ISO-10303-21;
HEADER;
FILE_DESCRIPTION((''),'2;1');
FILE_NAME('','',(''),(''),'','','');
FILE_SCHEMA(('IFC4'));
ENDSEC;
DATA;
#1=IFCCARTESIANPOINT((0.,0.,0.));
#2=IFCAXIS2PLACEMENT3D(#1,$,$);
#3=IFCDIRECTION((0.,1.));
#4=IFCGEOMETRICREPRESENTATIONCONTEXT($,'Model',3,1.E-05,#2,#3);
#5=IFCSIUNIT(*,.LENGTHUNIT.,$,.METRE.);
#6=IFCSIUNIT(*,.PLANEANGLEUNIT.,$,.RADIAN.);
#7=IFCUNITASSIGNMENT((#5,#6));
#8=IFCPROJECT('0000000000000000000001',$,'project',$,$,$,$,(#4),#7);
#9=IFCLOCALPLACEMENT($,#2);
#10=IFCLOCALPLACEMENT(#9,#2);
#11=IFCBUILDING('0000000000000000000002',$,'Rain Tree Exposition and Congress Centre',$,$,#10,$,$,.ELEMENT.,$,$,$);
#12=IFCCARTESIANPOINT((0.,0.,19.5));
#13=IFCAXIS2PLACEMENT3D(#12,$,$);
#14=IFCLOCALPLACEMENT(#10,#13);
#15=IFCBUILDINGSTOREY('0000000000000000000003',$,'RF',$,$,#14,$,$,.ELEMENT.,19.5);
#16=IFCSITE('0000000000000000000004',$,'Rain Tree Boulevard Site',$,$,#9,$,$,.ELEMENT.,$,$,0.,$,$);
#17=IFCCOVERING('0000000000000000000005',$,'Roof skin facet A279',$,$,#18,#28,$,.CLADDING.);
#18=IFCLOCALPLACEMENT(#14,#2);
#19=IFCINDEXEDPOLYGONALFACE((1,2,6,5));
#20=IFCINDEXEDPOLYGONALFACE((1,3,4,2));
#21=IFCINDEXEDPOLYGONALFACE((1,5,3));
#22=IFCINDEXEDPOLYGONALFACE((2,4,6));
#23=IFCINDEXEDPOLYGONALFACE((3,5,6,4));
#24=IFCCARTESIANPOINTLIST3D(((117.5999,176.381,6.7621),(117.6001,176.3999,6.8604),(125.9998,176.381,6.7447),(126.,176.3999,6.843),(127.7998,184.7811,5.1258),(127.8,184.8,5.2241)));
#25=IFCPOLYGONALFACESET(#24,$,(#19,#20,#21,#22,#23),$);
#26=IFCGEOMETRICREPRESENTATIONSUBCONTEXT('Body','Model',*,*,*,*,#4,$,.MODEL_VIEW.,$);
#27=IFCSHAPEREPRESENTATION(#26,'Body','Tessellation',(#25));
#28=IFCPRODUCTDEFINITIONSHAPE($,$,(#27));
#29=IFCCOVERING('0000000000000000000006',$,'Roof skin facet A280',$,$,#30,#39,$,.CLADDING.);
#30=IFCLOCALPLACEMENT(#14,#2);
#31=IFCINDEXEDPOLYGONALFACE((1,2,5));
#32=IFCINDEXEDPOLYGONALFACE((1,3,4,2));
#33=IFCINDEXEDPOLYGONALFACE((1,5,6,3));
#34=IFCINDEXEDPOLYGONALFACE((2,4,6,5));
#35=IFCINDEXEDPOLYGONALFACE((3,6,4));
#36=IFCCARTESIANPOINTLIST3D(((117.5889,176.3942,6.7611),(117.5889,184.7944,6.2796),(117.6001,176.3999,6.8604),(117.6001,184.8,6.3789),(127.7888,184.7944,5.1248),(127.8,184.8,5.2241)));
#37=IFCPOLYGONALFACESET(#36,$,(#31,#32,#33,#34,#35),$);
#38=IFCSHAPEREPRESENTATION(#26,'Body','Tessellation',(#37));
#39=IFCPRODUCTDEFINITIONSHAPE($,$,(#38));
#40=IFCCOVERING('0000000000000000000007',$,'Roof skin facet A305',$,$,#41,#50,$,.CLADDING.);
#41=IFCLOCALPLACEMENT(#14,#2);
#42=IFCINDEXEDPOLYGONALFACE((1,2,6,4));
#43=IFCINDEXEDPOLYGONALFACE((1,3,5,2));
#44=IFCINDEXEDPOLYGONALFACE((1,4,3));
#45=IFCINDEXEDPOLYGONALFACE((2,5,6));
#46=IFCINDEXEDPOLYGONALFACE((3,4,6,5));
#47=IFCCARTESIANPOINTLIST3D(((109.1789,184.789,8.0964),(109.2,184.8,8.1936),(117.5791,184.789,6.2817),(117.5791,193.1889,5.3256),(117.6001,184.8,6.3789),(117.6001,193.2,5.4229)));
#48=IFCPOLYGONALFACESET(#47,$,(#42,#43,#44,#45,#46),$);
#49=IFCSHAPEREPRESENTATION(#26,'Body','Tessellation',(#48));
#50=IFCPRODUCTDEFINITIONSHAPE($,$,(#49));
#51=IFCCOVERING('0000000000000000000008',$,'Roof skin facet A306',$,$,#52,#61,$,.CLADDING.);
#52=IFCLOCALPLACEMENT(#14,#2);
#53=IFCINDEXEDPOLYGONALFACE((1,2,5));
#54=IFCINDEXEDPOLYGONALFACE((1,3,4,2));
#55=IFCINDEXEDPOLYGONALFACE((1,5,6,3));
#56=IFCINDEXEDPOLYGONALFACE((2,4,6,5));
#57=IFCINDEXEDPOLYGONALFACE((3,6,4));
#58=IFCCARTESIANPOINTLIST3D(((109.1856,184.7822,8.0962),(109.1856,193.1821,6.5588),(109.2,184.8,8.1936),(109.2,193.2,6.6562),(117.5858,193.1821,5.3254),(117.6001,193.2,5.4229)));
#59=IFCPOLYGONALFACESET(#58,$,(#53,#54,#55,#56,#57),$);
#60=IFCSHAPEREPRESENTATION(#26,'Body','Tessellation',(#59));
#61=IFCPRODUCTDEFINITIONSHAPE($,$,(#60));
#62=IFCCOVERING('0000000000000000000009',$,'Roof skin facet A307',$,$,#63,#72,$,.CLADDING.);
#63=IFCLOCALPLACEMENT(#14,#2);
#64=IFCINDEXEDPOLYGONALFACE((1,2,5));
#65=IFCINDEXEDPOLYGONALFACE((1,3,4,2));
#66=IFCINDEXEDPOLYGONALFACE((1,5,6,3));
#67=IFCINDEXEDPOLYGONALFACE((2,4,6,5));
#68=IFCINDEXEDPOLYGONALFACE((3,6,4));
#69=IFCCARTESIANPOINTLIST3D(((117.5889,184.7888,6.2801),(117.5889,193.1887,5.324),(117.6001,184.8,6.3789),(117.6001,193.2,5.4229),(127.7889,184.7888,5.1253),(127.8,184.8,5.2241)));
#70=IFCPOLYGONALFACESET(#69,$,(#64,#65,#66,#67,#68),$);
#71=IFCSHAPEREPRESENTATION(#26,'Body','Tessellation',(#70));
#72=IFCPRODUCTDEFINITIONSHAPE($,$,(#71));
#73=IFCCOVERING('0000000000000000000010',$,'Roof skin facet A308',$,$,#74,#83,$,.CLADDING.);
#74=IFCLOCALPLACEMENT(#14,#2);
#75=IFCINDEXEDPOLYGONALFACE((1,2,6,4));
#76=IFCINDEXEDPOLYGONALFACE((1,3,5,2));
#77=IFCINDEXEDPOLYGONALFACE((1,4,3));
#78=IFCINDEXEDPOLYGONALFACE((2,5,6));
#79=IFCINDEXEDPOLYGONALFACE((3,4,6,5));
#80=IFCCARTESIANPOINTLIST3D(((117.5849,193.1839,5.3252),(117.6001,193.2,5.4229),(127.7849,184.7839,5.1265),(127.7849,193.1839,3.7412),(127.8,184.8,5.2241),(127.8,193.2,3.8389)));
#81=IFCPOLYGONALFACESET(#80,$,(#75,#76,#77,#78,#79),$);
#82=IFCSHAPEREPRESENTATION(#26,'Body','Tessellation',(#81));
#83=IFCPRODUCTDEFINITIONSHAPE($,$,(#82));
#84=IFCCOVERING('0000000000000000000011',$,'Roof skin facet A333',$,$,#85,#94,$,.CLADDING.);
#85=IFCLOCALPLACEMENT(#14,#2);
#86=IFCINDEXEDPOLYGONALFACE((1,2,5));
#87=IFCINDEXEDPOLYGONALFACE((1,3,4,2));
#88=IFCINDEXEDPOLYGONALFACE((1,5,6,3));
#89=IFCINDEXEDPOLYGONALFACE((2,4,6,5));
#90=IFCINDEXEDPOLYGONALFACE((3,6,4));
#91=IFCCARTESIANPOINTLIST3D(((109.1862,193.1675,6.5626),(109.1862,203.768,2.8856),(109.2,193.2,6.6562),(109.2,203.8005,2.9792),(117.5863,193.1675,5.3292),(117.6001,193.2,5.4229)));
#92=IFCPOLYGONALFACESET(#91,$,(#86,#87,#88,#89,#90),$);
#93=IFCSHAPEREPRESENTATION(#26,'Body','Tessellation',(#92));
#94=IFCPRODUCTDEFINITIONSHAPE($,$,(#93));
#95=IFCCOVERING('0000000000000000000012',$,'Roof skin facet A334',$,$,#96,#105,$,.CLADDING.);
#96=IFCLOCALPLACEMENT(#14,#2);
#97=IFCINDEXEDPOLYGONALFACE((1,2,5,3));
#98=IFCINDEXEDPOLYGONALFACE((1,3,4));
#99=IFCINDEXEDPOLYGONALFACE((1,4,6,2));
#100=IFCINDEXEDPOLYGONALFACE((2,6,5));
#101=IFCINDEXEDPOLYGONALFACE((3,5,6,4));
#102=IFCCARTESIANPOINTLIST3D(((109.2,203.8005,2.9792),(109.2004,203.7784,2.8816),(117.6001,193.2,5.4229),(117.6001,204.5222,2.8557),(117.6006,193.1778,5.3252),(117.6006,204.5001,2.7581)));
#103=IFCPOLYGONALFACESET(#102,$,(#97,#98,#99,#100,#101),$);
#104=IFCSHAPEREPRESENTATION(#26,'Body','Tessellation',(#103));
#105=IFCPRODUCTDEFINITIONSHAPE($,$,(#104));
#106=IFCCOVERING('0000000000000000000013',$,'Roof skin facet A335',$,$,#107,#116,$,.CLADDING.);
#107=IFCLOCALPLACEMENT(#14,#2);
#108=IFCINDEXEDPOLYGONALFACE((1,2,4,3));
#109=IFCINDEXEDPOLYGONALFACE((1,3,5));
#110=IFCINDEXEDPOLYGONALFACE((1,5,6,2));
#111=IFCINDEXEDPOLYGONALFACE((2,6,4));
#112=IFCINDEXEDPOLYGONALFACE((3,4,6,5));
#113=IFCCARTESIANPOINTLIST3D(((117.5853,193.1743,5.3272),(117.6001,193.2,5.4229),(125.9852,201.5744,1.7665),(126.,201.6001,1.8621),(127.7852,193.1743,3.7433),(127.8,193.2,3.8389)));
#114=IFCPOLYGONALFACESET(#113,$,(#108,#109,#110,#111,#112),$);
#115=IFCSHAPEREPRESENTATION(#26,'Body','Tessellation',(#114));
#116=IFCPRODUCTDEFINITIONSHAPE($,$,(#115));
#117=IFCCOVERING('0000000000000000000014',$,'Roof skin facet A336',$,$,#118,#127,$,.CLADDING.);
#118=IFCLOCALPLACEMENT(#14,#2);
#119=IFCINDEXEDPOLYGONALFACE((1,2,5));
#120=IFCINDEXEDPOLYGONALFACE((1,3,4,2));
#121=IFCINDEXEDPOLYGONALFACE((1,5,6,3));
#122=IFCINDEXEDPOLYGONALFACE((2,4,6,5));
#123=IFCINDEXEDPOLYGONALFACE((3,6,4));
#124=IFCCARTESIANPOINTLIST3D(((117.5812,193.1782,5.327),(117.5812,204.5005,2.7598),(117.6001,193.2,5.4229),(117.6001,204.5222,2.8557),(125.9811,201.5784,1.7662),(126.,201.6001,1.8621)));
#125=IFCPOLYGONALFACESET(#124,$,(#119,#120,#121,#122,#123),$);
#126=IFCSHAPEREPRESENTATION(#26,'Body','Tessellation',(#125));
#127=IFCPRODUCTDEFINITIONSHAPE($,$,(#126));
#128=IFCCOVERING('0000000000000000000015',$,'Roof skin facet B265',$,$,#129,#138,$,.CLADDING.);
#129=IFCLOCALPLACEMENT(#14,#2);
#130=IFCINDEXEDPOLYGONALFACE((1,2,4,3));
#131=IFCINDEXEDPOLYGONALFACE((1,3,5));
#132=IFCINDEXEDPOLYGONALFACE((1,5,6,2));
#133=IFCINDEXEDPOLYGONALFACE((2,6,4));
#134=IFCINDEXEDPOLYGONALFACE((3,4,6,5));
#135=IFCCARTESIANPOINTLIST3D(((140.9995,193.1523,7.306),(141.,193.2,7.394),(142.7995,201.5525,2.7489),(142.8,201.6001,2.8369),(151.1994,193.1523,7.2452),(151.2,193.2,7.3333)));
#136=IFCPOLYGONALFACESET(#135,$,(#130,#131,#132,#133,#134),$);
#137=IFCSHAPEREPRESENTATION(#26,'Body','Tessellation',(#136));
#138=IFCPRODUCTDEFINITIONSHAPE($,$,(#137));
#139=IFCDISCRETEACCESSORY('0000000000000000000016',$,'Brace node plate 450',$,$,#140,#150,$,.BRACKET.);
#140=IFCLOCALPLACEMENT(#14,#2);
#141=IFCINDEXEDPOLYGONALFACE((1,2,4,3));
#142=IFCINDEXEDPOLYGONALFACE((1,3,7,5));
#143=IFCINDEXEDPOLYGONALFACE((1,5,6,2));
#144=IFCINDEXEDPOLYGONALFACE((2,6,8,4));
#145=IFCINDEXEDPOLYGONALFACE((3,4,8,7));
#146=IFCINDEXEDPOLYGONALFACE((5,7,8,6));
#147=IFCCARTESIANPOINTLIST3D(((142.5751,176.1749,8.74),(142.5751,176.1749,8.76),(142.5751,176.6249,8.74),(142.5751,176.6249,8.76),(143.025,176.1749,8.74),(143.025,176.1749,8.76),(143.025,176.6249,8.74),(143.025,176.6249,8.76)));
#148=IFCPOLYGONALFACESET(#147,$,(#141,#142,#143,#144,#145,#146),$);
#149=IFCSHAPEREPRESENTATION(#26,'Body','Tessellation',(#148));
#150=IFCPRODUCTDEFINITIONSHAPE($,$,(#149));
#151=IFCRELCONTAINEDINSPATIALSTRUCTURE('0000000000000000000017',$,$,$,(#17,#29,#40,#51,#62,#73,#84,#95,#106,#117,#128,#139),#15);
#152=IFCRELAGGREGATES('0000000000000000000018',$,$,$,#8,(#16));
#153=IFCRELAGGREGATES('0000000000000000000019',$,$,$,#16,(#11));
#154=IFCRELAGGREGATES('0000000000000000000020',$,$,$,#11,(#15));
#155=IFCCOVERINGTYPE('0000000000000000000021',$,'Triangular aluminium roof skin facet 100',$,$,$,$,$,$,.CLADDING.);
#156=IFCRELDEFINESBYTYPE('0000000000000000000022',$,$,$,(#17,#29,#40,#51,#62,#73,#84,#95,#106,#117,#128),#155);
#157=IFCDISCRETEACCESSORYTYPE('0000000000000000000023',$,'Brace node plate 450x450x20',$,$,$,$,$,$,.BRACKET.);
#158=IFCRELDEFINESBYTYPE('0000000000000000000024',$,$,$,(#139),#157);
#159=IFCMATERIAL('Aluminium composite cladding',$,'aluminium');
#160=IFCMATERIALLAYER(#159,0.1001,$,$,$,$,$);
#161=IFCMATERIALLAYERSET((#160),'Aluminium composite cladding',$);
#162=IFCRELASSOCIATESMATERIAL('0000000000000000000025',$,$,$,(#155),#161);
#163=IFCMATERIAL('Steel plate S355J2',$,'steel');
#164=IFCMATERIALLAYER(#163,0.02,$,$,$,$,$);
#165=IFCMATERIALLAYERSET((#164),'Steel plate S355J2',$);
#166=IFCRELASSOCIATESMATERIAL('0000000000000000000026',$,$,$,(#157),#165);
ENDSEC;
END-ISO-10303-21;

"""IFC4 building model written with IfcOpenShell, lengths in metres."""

from ifc_helpers import new_model, si_unit, direction, frame, origin, origin_2d, place, context, subcontext, project, spatial, polyline, rectangle, outline, extrude, material, layer, layer_set, type_object, element, save


model = new_model("IFC4")

# Units and contexts
model_context = context("Model", 3, precision=1e-05, world=origin(), true_north=direction((0.0, 1.0)))
body_context = subcontext(model_context, "Body", "Model", "MODEL_VIEW")
ifc_project = project(units=[si_unit("LENGTHUNIT", "METRE"), si_unit("PLANEANGLEUNIT", "RADIAN")], contexts=[model_context])

# Site, building, storey
site_placement = place(None, origin())
site = spatial("IfcSite", under=ifc_project, at=site_placement, Name="Rain Tree Boulevard Site", CompositionType="ELEMENT", RefElevation=0.0)
building_placement = place(site_placement, origin())
building = spatial("IfcBuilding", under=site, at=building_placement, Name="Rain Tree Exposition and Congress Centre", CompositionType="ELEMENT")
storey_placement = place(building_placement, frame((0.0, 0.0, 19.5)))
storey = spatial("IfcBuildingStorey", under=building, at=storey_placement, Name="RF", CompositionType="ELEMENT", Elevation=19.5)

# Coverings
ifc_material_1 = material(Name="Aluminium composite cladding", Category="aluminium")
ifc_layer_1 = layer(ifc_material_1, 0.1001)
ifc_layer_set_1 = layer_set([ifc_layer_1], Name="Aluminium composite cladding")
covering_type = type_object("IfcCoveringType", Name="Triangular aluminium roof skin facet 100", PredefinedType="CLADDING", material=ifc_layer_set_1)
covering_1_placement = place(storey_placement, frame((117.6001, 176.3999, 6.8604), z_axis=(0.002026, 0.188821, 0.982009), x_axis=(0.999998, 0.0, -0.002064)))
element("IfcCovering", 1, at=covering_1_placement, inside=storey, type_object=covering_type, Name="Roof skin facet A279", PredefinedType="CLADDING", context=body_context, shape_type="SweptSolid", body=[
    extrude(outline(polyline([(0.0, 0.0), (8.3999, 0.0), (10.2033, 8.554), (0.0, 0.0)])), origin(), (0.0, 0.0, -1.0), 0.1001),
])
covering_2_placement = place(storey_placement, frame((117.6001, 176.3999, 6.8604), z_axis=(0.112314, 0.056858, 0.992045), x_axis=(0.766072, 0.630897, -0.12289)))
element("IfcCovering", 2, at=covering_2_placement, inside=storey, type_object=covering_type, Name="Roof skin facet A280", PredefinedType="CLADDING", context=body_context, shape_type="SweptSolid", body=[
    extrude(outline(polyline([(0.0, 0.0), (13.3146, 0.0), (5.3588, 6.4867), (0.0, 0.0)])), origin(), (0.0, 0.0, -1.0), 0.1001),
])
covering_3_placement = place(storey_placement, frame((109.2, 184.8, 8.1936), z_axis=(0.209866, 0.110569, 0.971458), x_axis=(0.977451, 0.0, -0.21116)))
element("IfcCovering", 3, at=covering_3_placement, inside=storey, type_object=covering_type, Name="Roof skin facet A305", PredefinedType="CLADDING", context=body_context, shape_type="SweptSolid", body=[
    extrude(outline(polyline([(0.0, 0.0), (8.5939, 0.0), (8.7958, 8.4517), (0.0, 0.0)])), origin(), (0.0, 0.0, -1.0), 0.1001),
])
covering_4_placement = place(storey_placement, frame((109.2, 184.8, 8.1936), z_axis=(0.142948, 0.178181, 0.973559), x_axis=(0.688634, 0.688614, -0.227143)))
element("IfcCovering", 4, at=covering_4_placement, inside=storey, type_object=covering_type, Name="Roof skin facet A306", PredefinedType="CLADDING", context=body_context, shape_type="SweptSolid", body=[
    extrude(outline(polyline([(0.0, 0.0), (12.1983, 0.0), (6.1335, 5.9416), (0.0, 0.0)])), origin(), (0.0, 0.0, -1.0), 0.1001),
])
covering_5_placement = place(storey_placement, frame((117.6001, 184.8, 6.3789), z_axis=(0.111783, 0.112378, 0.987358), x_axis=(0.993652, 0.0, -0.112496)))
element("IfcCovering", 5, at=covering_5_placement, inside=storey, type_object=covering_type, Name="Roof skin facet A307", PredefinedType="CLADDING", context=body_context, shape_type="SweptSolid", body=[
    extrude(outline(polyline([(0.0, 0.0), (10.2651, 0.0), (0.1076, 8.4535), (0.0, 0.0)])), origin(), (0.0, 0.0, -1.0), 0.1001),
])
covering_6_placement = place(storey_placement, frame((127.8, 184.8, 5.2241), z_axis=(0.151456, 0.160838, 0.975291), x_axis=(0.0, 0.986673, -0.162715)))
element("IfcCovering", 6, at=covering_6_placement, inside=storey, type_object=covering_type, Name="Roof skin facet A308", PredefinedType="CLADDING", context=body_context, shape_type="SweptSolid", body=[
    extrude(outline(polyline([(0.0, 0.0), (8.5134, 0.0), (8.2556, 10.319), (0.0, 0.0)])), origin(), (0.0, 0.0, -1.0), 0.1001),
])
covering_7_placement = place(storey_placement, frame((109.2, 193.2, 6.6562), z_axis=(0.137406, 0.324604, 0.935816), x_axis=(0.989392, 0.0, -0.145273)))
element("IfcCovering", 7, at=covering_7_placement, inside=storey, type_object=covering_type, Name="Roof skin facet A333", PredefinedType="CLADDING", context=body_context, shape_type="SweptSolid", body=[
    extrude(outline(polyline([(0.0, 0.0), (8.4902, 0.0), (0.5342, 11.2075), (0.0, 0.0)])), origin(), (0.0, 0.0, -1.0), 0.1001),
])
covering_8_placement = place(storey_placement, frame((117.6001, 193.2, 5.4229), z_axis=(-0.004655, 0.221119, 0.975236), x_axis=(0.0, 0.975246, -0.221121)))
element("IfcCovering", 8, at=covering_8_placement, inside=storey, type_object=covering_type, Name="Roof skin facet A334", PredefinedType="CLADDING", context=body_context, shape_type="SweptSolid", body=[
    extrude(outline(polyline([(0.0, 0.0), (11.6096, 0.0), (10.8785, 8.4002), (0.0, 0.0)])), origin(), (0.0, 0.0, -1.0), 0.1001),
])
covering_9_placement = place(storey_placement, frame((117.6001, 193.2, 5.4229), z_axis=(0.148318, 0.256543, 0.955085), x_axis=(0.988156, 0.0, -0.153454)))
element("IfcCovering", 9, at=covering_9_placement, inside=storey, type_object=covering_type, Name="Roof skin facet A335", PredefinedType="CLADDING", context=body_context, shape_type="SweptSolid", body=[
    extrude(outline(polyline([(0.0, 0.0), (10.3222, 0.0), (8.8468, 8.691), (0.0, 0.0)])), origin(), (0.0, 0.0, -1.0), 0.1001),
])
covering_10_placement = place(storey_placement, frame((117.6001, 193.2, 5.4229), z_axis=(0.188828, 0.217143, 0.957702), x_axis=(0.677323, 0.677343, -0.287123)))
element("IfcCovering", 10, at=covering_10_placement, inside=storey, type_object=covering_type, Name="Roof skin facet A336", PredefinedType="CLADDING", context=body_context, shape_type="SweptSolid", body=[
    extrude(outline(polyline([(0.0, 0.0), (12.4016, 0.0), (8.4061, 8.0075), (0.0, 0.0)])), origin(), (0.0, 0.0, -1.0), 0.1001),
])
covering_11_placement = place(storey_placement, frame((141.0, 193.2, 7.394), z_axis=(0.005241, 0.475979, 0.879441), x_axis=(0.999982, 0.0, -0.00596)))
element("IfcCovering", 11, at=covering_11_placement, inside=storey, type_object=covering_type, Name="Roof skin facet B265", PredefinedType="CLADDING", context=body_context, shape_type="SweptSolid", body=[
    extrude(outline(polyline([(0.0, 0.0), (10.2001, 0.0), (1.8272, 9.5515), (0.0, 0.0)])), origin(), (0.0, 0.0, -1.0), 0.1001),
])

# Discrete accessory
ifc_material_2 = material(Name="Steel plate S355J2", Category="steel")
ifc_layer_2 = layer(ifc_material_2, 0.02)
ifc_layer_set_2 = layer_set([ifc_layer_2], Name="Steel plate S355J2")
discrete_accessory_type_1 = type_object("IfcDiscreteAccessoryType", Name="Brace node plate 450x450x20", PredefinedType="BRACKET", material=ifc_layer_set_2)
discrete_accessory_1_placement = place(storey_placement, frame((142.8, 176.3999, 8.74), z_axis=(0.0, 0.0, 1.0), x_axis=(1.0, 0.0, 0.0)))
element("IfcDiscreteAccessory", 12, at=discrete_accessory_1_placement, inside=storey, type_object=discrete_accessory_type_1, Name="Brace node plate 450", PredefinedType="BRACKET", context=body_context, shape_type="SweptSolid", body=[
    extrude(rectangle(XDim=0.45, YDim=0.45, at=origin_2d()), origin(), (0.0, 0.0, 1.0), 0.02),
])

save(model, "model.ifc")
